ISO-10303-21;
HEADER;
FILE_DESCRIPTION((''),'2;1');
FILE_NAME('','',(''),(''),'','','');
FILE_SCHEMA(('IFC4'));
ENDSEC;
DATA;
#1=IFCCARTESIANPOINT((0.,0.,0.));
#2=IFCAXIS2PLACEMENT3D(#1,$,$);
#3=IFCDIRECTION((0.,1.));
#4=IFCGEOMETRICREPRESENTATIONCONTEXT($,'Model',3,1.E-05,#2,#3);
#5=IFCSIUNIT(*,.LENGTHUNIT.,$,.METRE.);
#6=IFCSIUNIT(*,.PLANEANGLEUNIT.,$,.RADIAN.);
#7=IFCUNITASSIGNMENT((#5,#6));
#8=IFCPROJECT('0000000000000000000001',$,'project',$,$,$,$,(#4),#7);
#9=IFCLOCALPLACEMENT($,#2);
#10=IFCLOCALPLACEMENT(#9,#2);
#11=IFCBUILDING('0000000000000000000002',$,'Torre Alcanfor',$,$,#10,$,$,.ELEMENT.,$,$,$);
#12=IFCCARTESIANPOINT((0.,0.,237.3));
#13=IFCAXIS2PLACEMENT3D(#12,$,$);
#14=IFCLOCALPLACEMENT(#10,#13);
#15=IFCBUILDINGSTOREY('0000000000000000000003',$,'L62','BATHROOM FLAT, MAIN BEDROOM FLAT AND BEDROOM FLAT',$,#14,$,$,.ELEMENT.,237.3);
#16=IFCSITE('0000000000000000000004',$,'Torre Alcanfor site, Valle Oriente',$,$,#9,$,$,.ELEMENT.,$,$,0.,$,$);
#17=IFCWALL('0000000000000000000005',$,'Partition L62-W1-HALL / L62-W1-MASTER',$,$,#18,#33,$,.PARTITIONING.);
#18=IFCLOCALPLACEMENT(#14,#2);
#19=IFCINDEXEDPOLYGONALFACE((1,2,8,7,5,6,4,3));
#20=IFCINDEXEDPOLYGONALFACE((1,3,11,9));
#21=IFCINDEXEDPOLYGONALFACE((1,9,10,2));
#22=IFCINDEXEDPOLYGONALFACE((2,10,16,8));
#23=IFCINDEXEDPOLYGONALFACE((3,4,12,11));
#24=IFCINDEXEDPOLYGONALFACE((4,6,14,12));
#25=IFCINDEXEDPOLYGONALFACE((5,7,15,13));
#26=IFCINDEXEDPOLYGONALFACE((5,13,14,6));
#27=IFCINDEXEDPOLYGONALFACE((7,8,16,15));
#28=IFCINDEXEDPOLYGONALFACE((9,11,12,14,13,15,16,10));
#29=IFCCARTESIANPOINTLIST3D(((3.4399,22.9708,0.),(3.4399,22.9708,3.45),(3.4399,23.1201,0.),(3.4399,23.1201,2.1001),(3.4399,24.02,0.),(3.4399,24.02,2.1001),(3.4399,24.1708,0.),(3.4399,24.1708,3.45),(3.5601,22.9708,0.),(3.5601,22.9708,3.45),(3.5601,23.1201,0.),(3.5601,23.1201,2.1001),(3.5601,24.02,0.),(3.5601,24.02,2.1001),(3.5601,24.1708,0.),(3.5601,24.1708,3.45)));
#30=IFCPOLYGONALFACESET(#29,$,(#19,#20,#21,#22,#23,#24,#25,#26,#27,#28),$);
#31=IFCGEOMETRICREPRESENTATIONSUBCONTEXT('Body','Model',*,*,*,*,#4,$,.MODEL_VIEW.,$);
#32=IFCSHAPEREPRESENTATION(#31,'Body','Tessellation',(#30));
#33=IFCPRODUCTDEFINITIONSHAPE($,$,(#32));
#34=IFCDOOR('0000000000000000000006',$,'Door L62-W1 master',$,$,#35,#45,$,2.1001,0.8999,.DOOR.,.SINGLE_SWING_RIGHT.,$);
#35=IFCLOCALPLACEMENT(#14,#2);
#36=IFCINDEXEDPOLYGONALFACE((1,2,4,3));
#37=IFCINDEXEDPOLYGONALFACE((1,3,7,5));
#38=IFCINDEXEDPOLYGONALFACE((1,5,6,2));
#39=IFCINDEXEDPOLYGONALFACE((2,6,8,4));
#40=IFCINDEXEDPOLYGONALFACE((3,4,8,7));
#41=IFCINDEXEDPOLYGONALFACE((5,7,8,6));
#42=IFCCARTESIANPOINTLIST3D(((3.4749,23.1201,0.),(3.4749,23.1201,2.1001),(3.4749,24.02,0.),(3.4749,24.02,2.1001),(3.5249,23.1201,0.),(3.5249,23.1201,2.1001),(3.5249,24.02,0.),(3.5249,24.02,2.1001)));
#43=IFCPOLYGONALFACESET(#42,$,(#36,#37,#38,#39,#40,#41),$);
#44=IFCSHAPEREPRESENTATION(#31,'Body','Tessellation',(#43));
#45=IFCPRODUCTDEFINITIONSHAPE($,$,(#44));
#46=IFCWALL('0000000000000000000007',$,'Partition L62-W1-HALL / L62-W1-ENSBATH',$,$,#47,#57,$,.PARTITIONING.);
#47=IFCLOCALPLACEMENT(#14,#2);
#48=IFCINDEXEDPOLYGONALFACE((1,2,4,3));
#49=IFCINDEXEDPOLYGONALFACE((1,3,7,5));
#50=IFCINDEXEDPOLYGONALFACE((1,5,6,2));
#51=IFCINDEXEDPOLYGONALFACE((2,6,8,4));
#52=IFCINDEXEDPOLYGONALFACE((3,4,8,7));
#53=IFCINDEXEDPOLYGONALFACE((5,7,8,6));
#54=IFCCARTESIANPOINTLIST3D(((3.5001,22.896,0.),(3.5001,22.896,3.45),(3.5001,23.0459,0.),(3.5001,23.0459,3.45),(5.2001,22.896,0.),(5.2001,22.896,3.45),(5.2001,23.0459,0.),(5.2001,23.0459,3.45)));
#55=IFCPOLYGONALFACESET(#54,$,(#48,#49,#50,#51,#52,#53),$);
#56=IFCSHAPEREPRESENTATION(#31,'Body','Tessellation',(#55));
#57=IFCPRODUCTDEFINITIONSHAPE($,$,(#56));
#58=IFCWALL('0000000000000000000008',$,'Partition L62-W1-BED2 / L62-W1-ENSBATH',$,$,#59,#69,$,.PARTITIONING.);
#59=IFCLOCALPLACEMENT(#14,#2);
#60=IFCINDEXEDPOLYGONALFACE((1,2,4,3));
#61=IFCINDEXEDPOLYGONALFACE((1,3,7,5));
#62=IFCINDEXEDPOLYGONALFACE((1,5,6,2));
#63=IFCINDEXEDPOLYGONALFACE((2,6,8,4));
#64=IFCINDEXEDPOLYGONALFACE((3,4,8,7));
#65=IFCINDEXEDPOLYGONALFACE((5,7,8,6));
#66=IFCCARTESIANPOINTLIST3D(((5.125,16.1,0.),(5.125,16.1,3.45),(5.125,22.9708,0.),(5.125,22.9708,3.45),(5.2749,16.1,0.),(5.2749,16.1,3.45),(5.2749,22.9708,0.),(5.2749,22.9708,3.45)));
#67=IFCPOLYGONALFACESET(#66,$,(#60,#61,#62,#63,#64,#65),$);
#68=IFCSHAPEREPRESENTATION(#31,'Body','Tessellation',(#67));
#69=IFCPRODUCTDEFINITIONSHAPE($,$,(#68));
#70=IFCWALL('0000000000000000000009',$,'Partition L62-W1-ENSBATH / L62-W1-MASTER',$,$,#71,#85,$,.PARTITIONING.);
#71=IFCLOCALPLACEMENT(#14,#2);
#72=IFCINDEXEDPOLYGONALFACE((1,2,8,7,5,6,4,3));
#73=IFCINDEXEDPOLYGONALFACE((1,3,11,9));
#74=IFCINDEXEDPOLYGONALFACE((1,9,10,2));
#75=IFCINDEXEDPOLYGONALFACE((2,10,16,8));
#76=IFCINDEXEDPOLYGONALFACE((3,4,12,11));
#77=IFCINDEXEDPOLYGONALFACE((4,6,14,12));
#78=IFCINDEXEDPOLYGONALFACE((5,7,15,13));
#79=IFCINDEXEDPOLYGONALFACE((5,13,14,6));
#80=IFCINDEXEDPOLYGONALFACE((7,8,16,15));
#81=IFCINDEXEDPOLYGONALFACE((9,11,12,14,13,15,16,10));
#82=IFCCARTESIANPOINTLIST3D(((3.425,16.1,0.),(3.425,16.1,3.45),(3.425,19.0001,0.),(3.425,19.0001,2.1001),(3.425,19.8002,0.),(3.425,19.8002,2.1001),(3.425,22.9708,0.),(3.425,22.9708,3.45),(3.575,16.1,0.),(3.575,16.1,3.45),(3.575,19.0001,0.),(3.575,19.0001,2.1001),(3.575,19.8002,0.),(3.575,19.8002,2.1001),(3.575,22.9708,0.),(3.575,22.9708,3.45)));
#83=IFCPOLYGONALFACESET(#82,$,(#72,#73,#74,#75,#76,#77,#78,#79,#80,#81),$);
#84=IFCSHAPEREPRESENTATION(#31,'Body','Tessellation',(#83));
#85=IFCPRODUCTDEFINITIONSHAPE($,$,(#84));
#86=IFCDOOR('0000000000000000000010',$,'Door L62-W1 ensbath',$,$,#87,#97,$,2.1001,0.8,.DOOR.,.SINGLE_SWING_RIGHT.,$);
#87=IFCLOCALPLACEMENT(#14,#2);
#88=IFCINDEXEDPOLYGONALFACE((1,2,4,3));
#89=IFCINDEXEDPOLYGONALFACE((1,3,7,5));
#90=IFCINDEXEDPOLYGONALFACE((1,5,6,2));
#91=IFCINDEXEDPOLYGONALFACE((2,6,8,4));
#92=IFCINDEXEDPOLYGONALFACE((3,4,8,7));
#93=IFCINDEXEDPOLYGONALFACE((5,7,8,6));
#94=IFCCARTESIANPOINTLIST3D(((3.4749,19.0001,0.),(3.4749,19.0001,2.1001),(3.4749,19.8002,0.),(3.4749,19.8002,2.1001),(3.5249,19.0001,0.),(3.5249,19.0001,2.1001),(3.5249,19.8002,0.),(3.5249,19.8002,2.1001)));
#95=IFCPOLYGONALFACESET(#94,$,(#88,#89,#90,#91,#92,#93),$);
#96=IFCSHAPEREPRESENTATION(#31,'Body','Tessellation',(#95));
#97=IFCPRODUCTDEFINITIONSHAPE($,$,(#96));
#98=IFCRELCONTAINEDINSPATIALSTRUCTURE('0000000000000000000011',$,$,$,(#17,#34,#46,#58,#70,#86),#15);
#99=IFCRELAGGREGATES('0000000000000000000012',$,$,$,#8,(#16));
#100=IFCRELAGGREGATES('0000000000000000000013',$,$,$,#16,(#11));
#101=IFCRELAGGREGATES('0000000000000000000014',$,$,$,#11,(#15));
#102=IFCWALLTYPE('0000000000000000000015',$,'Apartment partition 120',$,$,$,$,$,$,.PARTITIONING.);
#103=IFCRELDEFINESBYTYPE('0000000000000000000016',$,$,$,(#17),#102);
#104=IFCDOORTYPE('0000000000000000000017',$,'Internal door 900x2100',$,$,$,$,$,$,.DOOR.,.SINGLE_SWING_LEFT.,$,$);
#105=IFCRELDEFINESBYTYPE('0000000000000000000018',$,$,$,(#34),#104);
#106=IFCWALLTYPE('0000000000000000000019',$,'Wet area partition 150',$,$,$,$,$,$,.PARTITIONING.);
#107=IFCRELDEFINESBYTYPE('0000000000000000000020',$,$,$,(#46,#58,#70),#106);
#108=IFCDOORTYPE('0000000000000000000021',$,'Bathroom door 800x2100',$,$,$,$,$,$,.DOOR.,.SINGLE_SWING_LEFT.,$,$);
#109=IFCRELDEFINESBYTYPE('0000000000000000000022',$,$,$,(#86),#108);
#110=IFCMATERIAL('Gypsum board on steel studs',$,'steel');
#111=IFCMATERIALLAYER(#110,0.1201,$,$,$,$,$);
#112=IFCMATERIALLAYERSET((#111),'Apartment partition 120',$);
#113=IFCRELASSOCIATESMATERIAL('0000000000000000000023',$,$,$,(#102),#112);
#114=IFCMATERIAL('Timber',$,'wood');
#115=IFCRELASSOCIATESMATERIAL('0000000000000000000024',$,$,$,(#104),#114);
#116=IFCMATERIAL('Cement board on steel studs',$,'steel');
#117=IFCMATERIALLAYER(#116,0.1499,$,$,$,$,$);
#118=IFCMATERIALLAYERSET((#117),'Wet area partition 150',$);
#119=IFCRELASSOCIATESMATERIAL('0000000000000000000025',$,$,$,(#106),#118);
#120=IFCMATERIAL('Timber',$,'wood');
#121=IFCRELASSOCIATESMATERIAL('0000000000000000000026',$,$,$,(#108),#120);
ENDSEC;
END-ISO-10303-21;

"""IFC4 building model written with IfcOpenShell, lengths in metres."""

from ifc_helpers import new_model, si_unit, direction, frame, frame_2d, origin, place, context, subcontext, project, spatial, rectangle, extrude, material, layer, layer_set, type_object, element, fill, save


model = new_model("IFC4")

# Units and contexts
model_context = context("Model", 3, precision=1e-05, world=origin(), true_north=direction((0.0, 1.0)))
body_context = subcontext(model_context, "Body", "Model", "MODEL_VIEW")
ifc_project = project(units=[si_unit("LENGTHUNIT", "METRE"), si_unit("PLANEANGLEUNIT", "RADIAN")], contexts=[model_context])

# Site, building, storey
site_placement = place(None, origin())
site = spatial("IfcSite", under=ifc_project, at=site_placement, Name="Torre Alcanfor site, Valle Oriente", CompositionType="ELEMENT", RefElevation=0.0)
building_placement = place(site_placement, origin())
building = spatial("IfcBuilding", under=site, at=building_placement, Name="Torre Alcanfor", CompositionType="ELEMENT")
storey_placement = place(building_placement, frame((0.0, 0.0, 237.3)))
storey = spatial("IfcBuildingStorey", under=building, at=storey_placement, Name="L62", Description="BATHROOM FLAT, MAIN BEDROOM FLAT AND BEDROOM FLAT", CompositionType="ELEMENT", Elevation=237.3)

# Shared definitions
ifc_material_1 = material(Name="Gypsum board on steel studs", Category="steel")
ifc_layer_1 = layer(ifc_material_1, 0.1201)
ifc_layer_set_1 = layer_set([ifc_layer_1], Name="Apartment partition 120")
wall_type_1 = type_object("IfcWallType", Name="Apartment partition 120", PredefinedType="PARTITIONING", material=ifc_layer_set_1)

# Shared definitions
ifc_material_2 = material(Name="Timber", Category="wood")
door_type_1 = type_object("IfcDoorType", Name="Internal door 900x2100", OperationType="SINGLE_SWING_LEFT", PredefinedType="DOOR", material=ifc_material_2)

# Wall, opening, door
wall_1_placement = place(storey_placement, frame((3.5, 24.1709, 0.0), z_axis=(0.0, 0.0, 1.0), x_axis=(0.0, -1.0, 0.0)))
wall_1 = element("IfcWall", 1, at=wall_1_placement, inside=storey, type_object=wall_type_1, Name="Partition L62-W1-HALL / L62-W1-MASTER", PredefinedType="PARTITIONING", context=body_context, shape_type="SweptSolid", body=[
    extrude(rectangle(XDim=1.2, YDim=0.1201, at=frame_2d((0.6001, 0.0))), origin(), (0.0, 0.0, 1.0), 3.45),
])
opening_1_placement = place(wall_1_placement, frame((0.1509, 0.0, 0.0)))
opening_1 = element("IfcOpeningElement", 2, at=opening_1_placement, cuts=wall_1, PredefinedType="OPENING", context=body_context, shape_type="SweptSolid", body=[
    extrude(rectangle(XDim=0.8999, YDim=2.1001, at=frame_2d((0.45, 1.05))), frame((0.0, 0.0701, 0.0), z_axis=(0.0, -1.0, 0.0), x_axis=(1.0, 0.0, 0.0)), (0.0, 0.0, 1.0), 0.1401),
])
door_1_placement = place(opening_1_placement, frame((0.8999, 0.0, 0.0), z_axis=(0.0, 0.0, 1.0), x_axis=(-1.0, 0.0, 0.0)))
door_1 = element("IfcDoor", 3, at=door_1_placement, inside=storey, type_object=door_type_1, Name="Door L62-W1 master", OperationType="SINGLE_SWING_RIGHT", OverallHeight=2.1001, OverallWidth=0.8999, PredefinedType="DOOR", context=body_context, shape_type="SweptSolid", body=[
    extrude(rectangle(XDim=0.8999, YDim=2.1001, at=frame_2d((0.45, 1.05))), frame((0.0, 0.0251, 0.0), z_axis=(0.0, -1.0, 0.0), x_axis=(1.0, 0.0, 0.0)), (0.0, 0.0, 1.0), 0.05),
])
fill(opening_1, door_1)

# Walls
ifc_material_3 = material(Name="Cement board on steel studs", Category="steel")
ifc_layer_2 = layer(ifc_material_3, 0.1499)
ifc_layer_set_2 = layer_set([ifc_layer_2], Name="Wet area partition 150")
wall_type_2 = type_object("IfcWallType", Name="Wet area partition 150", PredefinedType="PARTITIONING", material=ifc_layer_set_2)
wall_2_placement = place(storey_placement, frame((3.5, 22.9709, 0.0), z_axis=(0.0, 0.0, 1.0), x_axis=(1.0, 0.0, 0.0)))
element("IfcWall", 4, at=wall_2_placement, inside=storey, type_object=wall_type_2, Name="Partition L62-W1-HALL / L62-W1-ENSBATH", PredefinedType="PARTITIONING", context=body_context, shape_type="SweptSolid", body=[
    extrude(rectangle(XDim=1.7, YDim=0.1499, at=frame_2d((0.8501, 0.0))), origin(), (0.0, 0.0, 1.0), 3.45),
])
wall_3_placement = place(storey_placement, frame((5.2, 22.9709, 0.0), z_axis=(0.0, 0.0, 1.0), x_axis=(0.0, -1.0, 0.0)))
element("IfcWall", 5, at=wall_3_placement, inside=storey, type_object=wall_type_2, Name="Partition L62-W1-BED2 / L62-W1-ENSBATH", PredefinedType="PARTITIONING", context=body_context, shape_type="SweptSolid", body=[
    extrude(rectangle(XDim=6.8708, YDim=0.1499, at=frame_2d((3.4355, 0.0))), origin(), (0.0, 0.0, 1.0), 3.45),
])

# Wall, opening, door
wall_4_placement = place(storey_placement, frame((3.5, 22.9709, 0.0), z_axis=(0.0, 0.0, 1.0), x_axis=(0.0, -1.0, 0.0)))
wall_4 = element("IfcWall", 6, at=wall_4_placement, inside=storey, type_object=wall_type_2, Name="Partition L62-W1-ENSBATH / L62-W1-MASTER", PredefinedType="PARTITIONING", context=body_context, shape_type="SweptSolid", body=[
    extrude(rectangle(XDim=6.8708, YDim=0.1499, at=frame_2d((3.4355, 0.0))), origin(), (0.0, 0.0, 1.0), 3.45),
])
opening_2_placement = place(wall_4_placement, frame((3.1709, 0.0, 0.0)))
opening_2 = element("IfcOpeningElement", 7, at=opening_2_placement, cuts=wall_4, PredefinedType="OPENING", context=body_context, shape_type="SweptSolid", body=[
    extrude(rectangle(XDim=0.8, YDim=2.1001, at=frame_2d((0.3999, 1.05))), frame((0.0, 0.085, 0.0), z_axis=(0.0, -1.0, 0.0), x_axis=(1.0, 0.0, 0.0)), (0.0, 0.0, 1.0), 0.1699),
])
ifc_material_4 = material(Name="Timber", Category="wood")
door_type_2 = type_object("IfcDoorType", Name="Bathroom door 800x2100", OperationType="SINGLE_SWING_LEFT", PredefinedType="DOOR", material=ifc_material_4)
door_2_placement = place(opening_2_placement, origin())
door_2 = element("IfcDoor", 8, at=door_2_placement, inside=storey, type_object=door_type_2, Name="Door L62-W1 ensbath", OperationType="SINGLE_SWING_RIGHT", OverallHeight=2.1001, OverallWidth=0.8, PredefinedType="DOOR", context=body_context, shape_type="SweptSolid", body=[
    extrude(rectangle(XDim=0.8, YDim=2.1001, at=frame_2d((0.3999, 1.05))), frame((0.0, 0.0249, 0.0), z_axis=(0.0, -1.0, 0.0), x_axis=(1.0, 0.0, 0.0)), (0.0, 0.0, 1.0), 0.05),
])
fill(opening_2, door_2)

save(model, "model.ifc")
